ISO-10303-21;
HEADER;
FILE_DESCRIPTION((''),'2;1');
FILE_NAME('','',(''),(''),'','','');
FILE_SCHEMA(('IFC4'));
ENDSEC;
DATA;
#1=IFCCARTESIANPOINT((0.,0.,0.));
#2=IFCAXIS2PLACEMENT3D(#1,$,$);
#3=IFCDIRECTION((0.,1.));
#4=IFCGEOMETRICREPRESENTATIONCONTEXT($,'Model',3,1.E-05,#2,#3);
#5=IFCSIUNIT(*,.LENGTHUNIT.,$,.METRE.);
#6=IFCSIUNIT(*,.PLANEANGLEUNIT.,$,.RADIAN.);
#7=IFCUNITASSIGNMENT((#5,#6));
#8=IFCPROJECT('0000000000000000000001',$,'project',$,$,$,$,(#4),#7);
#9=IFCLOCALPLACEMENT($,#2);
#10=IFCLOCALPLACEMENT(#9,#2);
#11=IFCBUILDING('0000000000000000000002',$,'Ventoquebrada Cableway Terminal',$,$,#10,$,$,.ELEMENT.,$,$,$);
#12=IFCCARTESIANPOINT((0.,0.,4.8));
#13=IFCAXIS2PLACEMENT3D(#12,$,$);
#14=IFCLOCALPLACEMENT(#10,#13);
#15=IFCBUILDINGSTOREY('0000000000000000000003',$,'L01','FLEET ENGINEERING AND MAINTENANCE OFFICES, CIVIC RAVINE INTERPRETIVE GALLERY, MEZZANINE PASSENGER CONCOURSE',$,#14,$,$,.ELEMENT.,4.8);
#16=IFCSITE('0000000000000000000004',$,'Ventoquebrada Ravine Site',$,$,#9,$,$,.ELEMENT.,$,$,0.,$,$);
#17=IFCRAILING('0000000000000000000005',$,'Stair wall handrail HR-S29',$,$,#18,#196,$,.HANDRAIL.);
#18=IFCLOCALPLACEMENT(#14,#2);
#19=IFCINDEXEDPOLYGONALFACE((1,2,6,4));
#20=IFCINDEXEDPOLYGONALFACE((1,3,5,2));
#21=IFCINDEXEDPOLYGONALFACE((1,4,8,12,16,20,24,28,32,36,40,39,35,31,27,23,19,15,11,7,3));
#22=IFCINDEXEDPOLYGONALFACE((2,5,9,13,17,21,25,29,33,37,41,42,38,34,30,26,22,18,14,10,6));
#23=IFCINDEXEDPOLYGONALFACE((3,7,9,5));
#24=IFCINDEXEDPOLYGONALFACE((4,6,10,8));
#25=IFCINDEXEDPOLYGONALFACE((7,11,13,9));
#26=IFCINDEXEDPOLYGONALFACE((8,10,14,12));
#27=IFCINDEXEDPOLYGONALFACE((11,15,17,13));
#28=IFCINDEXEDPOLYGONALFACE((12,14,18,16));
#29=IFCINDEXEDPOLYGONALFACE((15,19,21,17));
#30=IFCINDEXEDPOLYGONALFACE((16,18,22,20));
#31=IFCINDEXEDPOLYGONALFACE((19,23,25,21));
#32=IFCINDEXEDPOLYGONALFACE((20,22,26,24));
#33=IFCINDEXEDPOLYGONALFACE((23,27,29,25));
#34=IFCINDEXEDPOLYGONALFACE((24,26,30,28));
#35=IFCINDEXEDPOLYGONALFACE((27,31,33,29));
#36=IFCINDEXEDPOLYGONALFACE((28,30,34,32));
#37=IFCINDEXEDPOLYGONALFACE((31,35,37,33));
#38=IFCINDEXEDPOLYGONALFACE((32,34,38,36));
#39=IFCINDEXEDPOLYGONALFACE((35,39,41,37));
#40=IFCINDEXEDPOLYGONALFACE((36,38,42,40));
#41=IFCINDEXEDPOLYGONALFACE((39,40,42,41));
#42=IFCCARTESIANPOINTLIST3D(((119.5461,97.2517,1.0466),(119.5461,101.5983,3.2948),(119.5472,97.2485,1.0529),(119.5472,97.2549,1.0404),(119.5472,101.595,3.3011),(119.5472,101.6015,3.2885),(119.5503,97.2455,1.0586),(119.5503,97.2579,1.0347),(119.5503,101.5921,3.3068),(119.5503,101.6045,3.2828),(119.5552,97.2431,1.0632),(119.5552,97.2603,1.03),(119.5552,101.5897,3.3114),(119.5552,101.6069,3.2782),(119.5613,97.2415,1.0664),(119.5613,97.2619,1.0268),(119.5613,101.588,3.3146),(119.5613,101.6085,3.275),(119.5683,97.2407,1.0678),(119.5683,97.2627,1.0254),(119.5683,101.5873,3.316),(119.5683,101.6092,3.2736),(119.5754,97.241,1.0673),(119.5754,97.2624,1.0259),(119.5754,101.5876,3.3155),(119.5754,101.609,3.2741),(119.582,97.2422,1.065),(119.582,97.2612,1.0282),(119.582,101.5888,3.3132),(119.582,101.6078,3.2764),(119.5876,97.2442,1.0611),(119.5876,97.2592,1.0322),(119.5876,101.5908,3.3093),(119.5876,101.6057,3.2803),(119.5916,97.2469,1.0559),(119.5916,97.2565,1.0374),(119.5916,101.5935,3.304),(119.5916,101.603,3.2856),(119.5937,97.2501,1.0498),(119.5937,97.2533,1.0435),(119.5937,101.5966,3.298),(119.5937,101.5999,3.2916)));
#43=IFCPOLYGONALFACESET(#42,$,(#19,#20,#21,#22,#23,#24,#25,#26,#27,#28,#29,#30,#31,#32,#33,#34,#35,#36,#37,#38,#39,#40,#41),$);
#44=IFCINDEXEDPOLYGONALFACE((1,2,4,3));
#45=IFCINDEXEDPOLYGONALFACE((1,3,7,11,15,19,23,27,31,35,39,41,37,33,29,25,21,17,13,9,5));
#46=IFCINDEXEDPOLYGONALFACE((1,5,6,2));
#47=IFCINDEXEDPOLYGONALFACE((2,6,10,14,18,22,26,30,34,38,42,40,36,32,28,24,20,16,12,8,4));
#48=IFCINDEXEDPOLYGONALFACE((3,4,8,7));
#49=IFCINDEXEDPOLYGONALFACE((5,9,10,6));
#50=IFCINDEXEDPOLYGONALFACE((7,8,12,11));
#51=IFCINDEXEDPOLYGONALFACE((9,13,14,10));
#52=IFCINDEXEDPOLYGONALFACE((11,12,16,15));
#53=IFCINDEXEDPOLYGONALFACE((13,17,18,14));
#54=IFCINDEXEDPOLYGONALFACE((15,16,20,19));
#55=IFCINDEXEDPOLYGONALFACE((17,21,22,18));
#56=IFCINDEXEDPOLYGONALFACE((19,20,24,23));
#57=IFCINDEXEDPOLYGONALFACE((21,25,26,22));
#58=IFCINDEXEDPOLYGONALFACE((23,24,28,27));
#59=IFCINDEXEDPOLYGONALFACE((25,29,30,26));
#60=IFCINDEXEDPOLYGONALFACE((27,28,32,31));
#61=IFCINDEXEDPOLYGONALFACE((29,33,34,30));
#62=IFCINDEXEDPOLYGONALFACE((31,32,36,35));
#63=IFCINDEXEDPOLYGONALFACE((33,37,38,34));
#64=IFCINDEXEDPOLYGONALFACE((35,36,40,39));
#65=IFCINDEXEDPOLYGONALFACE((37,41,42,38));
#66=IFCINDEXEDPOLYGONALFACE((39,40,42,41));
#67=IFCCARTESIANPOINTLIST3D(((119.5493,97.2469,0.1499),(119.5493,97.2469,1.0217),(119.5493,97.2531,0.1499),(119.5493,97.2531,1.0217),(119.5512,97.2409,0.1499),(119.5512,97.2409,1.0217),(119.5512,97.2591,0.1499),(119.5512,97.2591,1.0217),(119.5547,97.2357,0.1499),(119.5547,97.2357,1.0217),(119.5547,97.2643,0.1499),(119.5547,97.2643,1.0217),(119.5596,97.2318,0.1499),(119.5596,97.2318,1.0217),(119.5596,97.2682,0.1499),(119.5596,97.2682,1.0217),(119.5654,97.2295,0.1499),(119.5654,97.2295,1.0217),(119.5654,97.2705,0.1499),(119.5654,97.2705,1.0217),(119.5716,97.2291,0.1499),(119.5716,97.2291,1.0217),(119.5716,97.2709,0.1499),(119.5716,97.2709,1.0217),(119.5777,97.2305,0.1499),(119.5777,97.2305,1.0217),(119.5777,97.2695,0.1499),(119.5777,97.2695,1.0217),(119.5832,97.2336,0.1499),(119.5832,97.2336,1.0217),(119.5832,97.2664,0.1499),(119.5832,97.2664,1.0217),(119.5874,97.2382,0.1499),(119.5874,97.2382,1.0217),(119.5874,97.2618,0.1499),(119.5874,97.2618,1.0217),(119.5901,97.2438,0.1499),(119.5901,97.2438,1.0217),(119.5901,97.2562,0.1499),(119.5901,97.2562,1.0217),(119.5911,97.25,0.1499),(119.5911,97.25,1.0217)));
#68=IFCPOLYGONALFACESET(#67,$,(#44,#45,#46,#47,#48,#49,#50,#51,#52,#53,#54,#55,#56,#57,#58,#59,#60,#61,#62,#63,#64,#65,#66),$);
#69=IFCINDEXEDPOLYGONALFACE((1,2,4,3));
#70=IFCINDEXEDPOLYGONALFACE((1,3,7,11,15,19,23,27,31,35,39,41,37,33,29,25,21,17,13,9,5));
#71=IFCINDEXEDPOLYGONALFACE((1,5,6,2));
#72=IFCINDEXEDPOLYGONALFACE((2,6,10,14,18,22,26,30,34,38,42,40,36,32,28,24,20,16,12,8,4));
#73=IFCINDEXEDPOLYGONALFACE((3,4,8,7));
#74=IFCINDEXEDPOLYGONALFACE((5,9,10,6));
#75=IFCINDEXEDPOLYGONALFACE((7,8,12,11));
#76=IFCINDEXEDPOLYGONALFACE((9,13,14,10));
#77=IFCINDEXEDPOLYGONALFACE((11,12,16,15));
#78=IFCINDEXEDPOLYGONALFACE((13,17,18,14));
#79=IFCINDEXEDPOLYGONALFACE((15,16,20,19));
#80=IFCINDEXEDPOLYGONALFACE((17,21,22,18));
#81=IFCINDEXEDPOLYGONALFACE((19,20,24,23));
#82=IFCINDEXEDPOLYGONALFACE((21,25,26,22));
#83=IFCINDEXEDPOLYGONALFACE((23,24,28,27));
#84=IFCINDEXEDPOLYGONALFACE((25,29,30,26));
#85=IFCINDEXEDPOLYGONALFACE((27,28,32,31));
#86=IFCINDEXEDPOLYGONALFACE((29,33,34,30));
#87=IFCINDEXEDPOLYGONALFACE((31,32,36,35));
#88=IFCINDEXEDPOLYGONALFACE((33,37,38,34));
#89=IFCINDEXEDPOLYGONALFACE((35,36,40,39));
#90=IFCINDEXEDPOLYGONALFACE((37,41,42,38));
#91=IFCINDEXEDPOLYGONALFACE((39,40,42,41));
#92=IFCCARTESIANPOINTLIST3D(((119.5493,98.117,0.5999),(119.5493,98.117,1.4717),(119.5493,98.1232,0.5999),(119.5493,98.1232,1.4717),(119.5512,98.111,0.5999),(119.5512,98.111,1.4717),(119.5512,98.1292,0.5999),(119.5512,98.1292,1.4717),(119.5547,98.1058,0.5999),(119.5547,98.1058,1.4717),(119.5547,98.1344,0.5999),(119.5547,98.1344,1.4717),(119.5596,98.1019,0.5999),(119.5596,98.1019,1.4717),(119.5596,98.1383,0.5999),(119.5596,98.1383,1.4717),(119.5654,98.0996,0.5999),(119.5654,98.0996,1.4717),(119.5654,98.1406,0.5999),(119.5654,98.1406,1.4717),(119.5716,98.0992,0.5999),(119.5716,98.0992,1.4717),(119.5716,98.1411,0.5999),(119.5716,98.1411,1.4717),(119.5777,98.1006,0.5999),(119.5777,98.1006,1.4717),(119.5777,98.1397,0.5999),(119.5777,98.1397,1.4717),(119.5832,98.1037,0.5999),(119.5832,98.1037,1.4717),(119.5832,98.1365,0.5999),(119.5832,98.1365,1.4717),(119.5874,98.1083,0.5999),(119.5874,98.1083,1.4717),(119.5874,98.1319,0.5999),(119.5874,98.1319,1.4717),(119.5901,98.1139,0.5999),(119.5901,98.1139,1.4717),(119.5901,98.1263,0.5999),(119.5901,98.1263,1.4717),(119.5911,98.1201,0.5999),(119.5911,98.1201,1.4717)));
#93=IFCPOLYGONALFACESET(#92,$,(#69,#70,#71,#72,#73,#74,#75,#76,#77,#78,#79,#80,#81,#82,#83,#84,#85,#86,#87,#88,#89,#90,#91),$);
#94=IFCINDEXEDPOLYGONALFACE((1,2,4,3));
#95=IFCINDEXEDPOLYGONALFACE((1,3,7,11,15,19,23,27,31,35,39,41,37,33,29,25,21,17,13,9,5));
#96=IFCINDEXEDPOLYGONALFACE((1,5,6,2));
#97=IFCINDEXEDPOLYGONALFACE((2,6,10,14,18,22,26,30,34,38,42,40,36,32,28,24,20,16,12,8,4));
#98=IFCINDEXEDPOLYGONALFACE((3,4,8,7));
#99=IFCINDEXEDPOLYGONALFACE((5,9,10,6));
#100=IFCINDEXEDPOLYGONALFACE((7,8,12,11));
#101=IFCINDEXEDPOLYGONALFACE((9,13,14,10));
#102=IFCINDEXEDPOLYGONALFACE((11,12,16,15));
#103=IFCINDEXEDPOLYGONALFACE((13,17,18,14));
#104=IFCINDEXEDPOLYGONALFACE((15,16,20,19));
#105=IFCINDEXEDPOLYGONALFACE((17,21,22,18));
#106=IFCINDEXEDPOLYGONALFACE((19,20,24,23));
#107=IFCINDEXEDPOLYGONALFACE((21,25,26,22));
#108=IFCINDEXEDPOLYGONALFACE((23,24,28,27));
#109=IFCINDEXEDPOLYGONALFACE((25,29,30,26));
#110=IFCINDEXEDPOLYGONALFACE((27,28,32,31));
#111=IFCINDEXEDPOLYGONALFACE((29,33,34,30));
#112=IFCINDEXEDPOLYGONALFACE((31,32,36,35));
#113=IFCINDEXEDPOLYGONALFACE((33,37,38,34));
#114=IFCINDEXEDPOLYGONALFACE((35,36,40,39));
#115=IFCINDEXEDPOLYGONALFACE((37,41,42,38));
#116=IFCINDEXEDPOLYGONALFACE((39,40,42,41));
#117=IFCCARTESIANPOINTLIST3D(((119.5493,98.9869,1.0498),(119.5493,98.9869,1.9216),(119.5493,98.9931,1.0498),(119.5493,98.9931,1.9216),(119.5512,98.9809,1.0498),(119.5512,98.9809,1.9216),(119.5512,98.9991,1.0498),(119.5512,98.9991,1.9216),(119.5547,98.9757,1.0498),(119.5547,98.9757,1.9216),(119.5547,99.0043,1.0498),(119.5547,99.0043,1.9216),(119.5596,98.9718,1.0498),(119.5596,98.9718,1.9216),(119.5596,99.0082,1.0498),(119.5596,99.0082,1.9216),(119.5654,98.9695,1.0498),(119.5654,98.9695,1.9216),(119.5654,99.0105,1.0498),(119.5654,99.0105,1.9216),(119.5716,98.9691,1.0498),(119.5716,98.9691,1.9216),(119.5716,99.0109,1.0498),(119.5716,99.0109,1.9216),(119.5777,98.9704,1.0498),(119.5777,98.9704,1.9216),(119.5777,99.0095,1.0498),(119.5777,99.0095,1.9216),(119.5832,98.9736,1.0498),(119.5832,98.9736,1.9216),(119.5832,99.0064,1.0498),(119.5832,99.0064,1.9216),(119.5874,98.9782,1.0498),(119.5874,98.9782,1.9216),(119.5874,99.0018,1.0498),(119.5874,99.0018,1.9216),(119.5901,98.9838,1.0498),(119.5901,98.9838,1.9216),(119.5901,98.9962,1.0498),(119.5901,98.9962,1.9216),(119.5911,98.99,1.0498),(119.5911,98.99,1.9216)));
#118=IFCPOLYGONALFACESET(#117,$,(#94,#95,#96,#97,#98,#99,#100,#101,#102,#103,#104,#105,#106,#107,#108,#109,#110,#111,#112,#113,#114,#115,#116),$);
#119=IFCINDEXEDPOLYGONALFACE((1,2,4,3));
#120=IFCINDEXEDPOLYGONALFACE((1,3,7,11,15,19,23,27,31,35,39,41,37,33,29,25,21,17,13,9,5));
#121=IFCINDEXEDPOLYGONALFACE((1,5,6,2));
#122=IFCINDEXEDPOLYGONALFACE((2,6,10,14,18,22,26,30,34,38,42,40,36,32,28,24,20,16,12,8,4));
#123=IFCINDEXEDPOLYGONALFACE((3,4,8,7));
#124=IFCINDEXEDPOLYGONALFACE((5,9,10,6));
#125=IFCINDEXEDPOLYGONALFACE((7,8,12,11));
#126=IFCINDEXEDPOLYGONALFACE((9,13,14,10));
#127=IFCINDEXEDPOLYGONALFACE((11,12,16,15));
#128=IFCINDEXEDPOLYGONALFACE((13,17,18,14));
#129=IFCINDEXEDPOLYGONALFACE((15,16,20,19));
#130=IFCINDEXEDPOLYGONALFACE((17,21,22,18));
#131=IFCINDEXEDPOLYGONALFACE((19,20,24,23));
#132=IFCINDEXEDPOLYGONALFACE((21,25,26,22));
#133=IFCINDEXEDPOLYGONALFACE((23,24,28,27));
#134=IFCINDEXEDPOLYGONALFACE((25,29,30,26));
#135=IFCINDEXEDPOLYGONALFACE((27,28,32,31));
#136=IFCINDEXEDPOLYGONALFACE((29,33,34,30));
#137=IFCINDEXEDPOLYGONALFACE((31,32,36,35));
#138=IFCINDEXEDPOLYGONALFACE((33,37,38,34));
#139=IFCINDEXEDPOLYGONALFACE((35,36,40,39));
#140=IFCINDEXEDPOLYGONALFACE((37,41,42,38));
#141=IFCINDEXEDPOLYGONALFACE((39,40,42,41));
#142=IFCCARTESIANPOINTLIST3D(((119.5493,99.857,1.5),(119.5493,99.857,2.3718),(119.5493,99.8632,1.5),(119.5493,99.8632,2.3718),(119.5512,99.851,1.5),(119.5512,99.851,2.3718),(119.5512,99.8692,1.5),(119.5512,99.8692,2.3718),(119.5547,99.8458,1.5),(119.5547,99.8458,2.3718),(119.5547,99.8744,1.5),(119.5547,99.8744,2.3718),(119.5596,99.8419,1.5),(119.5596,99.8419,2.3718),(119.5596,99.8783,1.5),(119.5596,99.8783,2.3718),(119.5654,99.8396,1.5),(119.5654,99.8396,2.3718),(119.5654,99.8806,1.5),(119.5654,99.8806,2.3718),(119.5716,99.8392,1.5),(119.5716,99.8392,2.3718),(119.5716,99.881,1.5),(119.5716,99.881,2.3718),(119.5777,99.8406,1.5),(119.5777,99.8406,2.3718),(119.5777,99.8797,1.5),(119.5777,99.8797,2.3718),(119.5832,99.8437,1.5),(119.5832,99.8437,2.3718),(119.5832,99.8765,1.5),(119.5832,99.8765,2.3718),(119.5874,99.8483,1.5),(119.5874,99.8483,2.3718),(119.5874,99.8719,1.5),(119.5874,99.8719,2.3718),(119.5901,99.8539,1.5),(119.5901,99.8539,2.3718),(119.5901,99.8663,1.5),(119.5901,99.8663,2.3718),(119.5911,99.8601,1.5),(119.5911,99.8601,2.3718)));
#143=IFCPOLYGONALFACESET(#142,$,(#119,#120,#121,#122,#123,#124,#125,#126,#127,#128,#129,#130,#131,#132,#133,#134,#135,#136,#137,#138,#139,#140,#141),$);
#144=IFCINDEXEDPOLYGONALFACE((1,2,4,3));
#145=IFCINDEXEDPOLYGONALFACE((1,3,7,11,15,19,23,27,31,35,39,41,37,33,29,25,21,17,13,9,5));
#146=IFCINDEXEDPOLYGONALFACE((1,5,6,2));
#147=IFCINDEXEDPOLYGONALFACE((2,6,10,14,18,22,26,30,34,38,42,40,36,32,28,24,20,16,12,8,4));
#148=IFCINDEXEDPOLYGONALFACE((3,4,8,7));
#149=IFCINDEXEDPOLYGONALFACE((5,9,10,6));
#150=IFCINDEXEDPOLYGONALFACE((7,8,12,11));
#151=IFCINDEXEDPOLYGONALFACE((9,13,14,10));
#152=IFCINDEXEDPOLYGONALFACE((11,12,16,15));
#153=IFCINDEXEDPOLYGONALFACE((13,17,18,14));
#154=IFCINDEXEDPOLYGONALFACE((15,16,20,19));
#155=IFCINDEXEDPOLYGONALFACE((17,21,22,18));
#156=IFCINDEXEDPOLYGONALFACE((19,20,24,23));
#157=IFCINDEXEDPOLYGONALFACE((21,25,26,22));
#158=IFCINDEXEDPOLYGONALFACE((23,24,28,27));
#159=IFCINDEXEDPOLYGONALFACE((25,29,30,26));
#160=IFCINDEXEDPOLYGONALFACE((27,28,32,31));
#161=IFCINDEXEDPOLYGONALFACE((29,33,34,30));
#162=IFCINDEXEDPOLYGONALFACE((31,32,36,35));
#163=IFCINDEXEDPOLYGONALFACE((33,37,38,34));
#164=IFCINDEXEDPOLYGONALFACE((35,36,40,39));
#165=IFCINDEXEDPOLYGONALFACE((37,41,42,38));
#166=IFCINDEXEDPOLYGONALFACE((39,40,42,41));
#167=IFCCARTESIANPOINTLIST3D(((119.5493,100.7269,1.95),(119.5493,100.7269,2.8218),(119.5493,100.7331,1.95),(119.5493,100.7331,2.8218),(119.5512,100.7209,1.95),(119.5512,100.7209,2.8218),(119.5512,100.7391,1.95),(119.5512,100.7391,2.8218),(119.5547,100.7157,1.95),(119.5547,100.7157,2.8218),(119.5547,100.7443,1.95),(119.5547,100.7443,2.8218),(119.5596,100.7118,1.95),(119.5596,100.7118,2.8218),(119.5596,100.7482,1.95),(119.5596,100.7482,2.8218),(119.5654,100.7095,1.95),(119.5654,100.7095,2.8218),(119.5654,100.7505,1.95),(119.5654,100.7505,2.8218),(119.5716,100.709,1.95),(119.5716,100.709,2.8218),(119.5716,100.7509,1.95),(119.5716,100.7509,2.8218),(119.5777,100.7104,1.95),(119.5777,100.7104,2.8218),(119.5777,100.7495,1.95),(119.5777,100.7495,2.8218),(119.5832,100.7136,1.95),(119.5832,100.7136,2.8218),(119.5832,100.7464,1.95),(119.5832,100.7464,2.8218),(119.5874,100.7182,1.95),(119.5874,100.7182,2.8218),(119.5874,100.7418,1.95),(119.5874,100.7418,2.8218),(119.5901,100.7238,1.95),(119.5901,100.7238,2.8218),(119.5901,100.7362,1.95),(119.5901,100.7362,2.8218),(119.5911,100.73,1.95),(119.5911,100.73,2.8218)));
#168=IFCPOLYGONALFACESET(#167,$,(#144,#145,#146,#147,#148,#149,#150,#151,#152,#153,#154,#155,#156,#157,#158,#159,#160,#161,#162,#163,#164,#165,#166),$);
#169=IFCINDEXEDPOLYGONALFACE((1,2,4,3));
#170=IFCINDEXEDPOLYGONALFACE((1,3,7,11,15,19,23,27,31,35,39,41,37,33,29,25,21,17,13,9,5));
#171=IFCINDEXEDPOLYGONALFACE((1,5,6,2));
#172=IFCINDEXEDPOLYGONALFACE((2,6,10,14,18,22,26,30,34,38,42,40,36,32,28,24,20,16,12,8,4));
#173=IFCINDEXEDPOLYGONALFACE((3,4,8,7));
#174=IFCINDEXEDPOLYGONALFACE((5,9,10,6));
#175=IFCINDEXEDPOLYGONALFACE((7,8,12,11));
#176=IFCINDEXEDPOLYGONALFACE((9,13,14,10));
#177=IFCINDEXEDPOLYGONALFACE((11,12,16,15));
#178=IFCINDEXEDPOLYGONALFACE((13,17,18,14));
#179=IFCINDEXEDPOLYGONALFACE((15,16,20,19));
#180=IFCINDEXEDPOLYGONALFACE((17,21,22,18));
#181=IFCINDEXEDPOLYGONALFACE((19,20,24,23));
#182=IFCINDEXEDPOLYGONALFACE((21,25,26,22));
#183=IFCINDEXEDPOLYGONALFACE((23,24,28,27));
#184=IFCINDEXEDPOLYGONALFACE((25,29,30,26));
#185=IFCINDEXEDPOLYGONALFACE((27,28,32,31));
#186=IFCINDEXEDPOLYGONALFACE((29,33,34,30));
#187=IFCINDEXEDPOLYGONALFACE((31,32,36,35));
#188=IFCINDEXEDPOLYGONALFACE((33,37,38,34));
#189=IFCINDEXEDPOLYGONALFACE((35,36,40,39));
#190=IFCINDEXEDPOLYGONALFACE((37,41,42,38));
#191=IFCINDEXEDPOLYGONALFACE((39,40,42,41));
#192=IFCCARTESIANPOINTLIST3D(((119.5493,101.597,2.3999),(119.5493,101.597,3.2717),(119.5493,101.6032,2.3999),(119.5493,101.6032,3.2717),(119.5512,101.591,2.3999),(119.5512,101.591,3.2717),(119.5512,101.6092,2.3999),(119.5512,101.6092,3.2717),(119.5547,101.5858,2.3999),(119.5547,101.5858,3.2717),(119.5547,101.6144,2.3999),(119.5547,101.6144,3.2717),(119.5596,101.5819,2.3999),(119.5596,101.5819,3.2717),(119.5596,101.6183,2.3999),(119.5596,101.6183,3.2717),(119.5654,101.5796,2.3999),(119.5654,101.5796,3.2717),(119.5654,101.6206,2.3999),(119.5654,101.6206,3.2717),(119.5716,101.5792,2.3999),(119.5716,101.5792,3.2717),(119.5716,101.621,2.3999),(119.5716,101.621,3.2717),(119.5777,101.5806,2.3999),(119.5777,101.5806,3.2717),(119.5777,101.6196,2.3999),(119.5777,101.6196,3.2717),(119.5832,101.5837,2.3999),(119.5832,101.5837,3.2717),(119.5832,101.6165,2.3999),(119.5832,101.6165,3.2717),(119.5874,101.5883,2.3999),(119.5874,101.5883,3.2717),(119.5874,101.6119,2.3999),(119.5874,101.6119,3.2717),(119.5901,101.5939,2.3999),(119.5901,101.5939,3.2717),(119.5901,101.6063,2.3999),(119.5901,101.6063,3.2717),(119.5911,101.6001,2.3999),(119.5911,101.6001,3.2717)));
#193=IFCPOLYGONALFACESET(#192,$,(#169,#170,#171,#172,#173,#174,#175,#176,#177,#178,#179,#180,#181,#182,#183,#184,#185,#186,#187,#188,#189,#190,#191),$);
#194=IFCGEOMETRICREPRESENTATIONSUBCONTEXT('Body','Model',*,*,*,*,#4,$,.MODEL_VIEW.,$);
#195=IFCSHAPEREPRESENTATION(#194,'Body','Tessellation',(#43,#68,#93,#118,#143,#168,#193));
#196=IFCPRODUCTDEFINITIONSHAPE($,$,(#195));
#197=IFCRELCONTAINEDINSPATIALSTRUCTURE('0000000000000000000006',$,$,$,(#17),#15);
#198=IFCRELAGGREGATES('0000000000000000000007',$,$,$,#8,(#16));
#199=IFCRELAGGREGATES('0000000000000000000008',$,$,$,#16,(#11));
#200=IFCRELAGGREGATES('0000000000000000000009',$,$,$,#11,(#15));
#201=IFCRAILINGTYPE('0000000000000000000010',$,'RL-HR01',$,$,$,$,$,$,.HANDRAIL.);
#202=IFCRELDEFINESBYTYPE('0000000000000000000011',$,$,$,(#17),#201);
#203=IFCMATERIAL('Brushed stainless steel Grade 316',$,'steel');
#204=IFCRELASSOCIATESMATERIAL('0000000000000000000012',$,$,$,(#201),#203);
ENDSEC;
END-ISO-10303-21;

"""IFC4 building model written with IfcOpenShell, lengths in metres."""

from ifc_helpers import new_model, si_unit, direction, frame, origin, origin_2d, place, context, subcontext, project, spatial, circle, extrude, material, type_object, element, save


model = new_model("IFC4")

# Units and contexts
model_context = context("Model", 3, precision=1e-05, world=origin(), true_north=direction((0.0, 1.0)))
body_context = subcontext(model_context, "Body", "Model", "MODEL_VIEW")
ifc_project = project(units=[si_unit("LENGTHUNIT", "METRE"), si_unit("PLANEANGLEUNIT", "RADIAN")], contexts=[model_context])

# Site, building, storey
site_placement = place(None, origin())
site = spatial("IfcSite", under=ifc_project, at=site_placement, Name="Ventoquebrada Ravine Site", CompositionType="ELEMENT", RefElevation=0.0)
building_placement = place(site_placement, origin())
building = spatial("IfcBuilding", under=site, at=building_placement, Name="Ventoquebrada Cableway Terminal", CompositionType="ELEMENT")
storey_placement = place(building_placement, frame((0.0, 0.0, 4.8)))
storey = spatial("IfcBuildingStorey", under=building, at=storey_placement, Name="L01", Description="FLEET ENGINEERING AND MAINTENANCE OFFICES, CIVIC RAVINE INTERPRETIVE GALLERY, MEZZANINE PASSENGER CONCOURSE", CompositionType="ELEMENT", Elevation=4.8)

# Railing
ifc_material_1 = material(Name="Brushed stainless steel Grade 316", Category="steel")
railing_type_1 = type_object("IfcRailingType", Name="RL-HR01", PredefinedType="HANDRAIL", material=ifc_material_1)
railing_1_placement = place(storey_placement, frame((119.5701, 97.25, 0.1499)))
element("IfcRailing", 1, at=railing_1_placement, inside=storey, type_object=railing_type_1, Name="Stair wall handrail HR-S29", PredefinedType="HANDRAIL", context=body_context, shape_type="SweptSolid", body=[
    extrude(circle(Radius=0.0239, at=origin_2d()), frame((0.0, 0.0017, 0.8967), z_axis=(0.0, 0.888222, 0.459415), x_axis=(-1.0, 0.0, 0.0)), (0.0, 0.0, 1.0), 4.8936),
    extrude(circle(Radius=0.021, at=origin_2d()), origin(), (0.0, 0.0, 1.0), 0.8718),
    extrude(circle(Radius=0.021, at=origin_2d()), frame((0.0, 0.8701, 0.45)), (0.0, 0.0, 1.0), 0.8718),
    extrude(circle(Radius=0.021, at=origin_2d()), frame((0.0, 1.74, 0.8999)), (0.0, 0.0, 1.0), 0.8718),
    extrude(circle(Radius=0.021, at=origin_2d()), frame((0.0, 2.6101, 1.3501)), (0.0, 0.0, 1.0), 0.8718),
    extrude(circle(Radius=0.021, at=origin_2d()), frame((0.0, 3.48, 1.8)), (0.0, 0.0, 1.0), 0.8718),
    extrude(circle(Radius=0.021, at=origin_2d()), frame((0.0, 4.3501, 2.25)), (0.0, 0.0, 1.0), 0.8718),
])

save(model, "model.ifc")
